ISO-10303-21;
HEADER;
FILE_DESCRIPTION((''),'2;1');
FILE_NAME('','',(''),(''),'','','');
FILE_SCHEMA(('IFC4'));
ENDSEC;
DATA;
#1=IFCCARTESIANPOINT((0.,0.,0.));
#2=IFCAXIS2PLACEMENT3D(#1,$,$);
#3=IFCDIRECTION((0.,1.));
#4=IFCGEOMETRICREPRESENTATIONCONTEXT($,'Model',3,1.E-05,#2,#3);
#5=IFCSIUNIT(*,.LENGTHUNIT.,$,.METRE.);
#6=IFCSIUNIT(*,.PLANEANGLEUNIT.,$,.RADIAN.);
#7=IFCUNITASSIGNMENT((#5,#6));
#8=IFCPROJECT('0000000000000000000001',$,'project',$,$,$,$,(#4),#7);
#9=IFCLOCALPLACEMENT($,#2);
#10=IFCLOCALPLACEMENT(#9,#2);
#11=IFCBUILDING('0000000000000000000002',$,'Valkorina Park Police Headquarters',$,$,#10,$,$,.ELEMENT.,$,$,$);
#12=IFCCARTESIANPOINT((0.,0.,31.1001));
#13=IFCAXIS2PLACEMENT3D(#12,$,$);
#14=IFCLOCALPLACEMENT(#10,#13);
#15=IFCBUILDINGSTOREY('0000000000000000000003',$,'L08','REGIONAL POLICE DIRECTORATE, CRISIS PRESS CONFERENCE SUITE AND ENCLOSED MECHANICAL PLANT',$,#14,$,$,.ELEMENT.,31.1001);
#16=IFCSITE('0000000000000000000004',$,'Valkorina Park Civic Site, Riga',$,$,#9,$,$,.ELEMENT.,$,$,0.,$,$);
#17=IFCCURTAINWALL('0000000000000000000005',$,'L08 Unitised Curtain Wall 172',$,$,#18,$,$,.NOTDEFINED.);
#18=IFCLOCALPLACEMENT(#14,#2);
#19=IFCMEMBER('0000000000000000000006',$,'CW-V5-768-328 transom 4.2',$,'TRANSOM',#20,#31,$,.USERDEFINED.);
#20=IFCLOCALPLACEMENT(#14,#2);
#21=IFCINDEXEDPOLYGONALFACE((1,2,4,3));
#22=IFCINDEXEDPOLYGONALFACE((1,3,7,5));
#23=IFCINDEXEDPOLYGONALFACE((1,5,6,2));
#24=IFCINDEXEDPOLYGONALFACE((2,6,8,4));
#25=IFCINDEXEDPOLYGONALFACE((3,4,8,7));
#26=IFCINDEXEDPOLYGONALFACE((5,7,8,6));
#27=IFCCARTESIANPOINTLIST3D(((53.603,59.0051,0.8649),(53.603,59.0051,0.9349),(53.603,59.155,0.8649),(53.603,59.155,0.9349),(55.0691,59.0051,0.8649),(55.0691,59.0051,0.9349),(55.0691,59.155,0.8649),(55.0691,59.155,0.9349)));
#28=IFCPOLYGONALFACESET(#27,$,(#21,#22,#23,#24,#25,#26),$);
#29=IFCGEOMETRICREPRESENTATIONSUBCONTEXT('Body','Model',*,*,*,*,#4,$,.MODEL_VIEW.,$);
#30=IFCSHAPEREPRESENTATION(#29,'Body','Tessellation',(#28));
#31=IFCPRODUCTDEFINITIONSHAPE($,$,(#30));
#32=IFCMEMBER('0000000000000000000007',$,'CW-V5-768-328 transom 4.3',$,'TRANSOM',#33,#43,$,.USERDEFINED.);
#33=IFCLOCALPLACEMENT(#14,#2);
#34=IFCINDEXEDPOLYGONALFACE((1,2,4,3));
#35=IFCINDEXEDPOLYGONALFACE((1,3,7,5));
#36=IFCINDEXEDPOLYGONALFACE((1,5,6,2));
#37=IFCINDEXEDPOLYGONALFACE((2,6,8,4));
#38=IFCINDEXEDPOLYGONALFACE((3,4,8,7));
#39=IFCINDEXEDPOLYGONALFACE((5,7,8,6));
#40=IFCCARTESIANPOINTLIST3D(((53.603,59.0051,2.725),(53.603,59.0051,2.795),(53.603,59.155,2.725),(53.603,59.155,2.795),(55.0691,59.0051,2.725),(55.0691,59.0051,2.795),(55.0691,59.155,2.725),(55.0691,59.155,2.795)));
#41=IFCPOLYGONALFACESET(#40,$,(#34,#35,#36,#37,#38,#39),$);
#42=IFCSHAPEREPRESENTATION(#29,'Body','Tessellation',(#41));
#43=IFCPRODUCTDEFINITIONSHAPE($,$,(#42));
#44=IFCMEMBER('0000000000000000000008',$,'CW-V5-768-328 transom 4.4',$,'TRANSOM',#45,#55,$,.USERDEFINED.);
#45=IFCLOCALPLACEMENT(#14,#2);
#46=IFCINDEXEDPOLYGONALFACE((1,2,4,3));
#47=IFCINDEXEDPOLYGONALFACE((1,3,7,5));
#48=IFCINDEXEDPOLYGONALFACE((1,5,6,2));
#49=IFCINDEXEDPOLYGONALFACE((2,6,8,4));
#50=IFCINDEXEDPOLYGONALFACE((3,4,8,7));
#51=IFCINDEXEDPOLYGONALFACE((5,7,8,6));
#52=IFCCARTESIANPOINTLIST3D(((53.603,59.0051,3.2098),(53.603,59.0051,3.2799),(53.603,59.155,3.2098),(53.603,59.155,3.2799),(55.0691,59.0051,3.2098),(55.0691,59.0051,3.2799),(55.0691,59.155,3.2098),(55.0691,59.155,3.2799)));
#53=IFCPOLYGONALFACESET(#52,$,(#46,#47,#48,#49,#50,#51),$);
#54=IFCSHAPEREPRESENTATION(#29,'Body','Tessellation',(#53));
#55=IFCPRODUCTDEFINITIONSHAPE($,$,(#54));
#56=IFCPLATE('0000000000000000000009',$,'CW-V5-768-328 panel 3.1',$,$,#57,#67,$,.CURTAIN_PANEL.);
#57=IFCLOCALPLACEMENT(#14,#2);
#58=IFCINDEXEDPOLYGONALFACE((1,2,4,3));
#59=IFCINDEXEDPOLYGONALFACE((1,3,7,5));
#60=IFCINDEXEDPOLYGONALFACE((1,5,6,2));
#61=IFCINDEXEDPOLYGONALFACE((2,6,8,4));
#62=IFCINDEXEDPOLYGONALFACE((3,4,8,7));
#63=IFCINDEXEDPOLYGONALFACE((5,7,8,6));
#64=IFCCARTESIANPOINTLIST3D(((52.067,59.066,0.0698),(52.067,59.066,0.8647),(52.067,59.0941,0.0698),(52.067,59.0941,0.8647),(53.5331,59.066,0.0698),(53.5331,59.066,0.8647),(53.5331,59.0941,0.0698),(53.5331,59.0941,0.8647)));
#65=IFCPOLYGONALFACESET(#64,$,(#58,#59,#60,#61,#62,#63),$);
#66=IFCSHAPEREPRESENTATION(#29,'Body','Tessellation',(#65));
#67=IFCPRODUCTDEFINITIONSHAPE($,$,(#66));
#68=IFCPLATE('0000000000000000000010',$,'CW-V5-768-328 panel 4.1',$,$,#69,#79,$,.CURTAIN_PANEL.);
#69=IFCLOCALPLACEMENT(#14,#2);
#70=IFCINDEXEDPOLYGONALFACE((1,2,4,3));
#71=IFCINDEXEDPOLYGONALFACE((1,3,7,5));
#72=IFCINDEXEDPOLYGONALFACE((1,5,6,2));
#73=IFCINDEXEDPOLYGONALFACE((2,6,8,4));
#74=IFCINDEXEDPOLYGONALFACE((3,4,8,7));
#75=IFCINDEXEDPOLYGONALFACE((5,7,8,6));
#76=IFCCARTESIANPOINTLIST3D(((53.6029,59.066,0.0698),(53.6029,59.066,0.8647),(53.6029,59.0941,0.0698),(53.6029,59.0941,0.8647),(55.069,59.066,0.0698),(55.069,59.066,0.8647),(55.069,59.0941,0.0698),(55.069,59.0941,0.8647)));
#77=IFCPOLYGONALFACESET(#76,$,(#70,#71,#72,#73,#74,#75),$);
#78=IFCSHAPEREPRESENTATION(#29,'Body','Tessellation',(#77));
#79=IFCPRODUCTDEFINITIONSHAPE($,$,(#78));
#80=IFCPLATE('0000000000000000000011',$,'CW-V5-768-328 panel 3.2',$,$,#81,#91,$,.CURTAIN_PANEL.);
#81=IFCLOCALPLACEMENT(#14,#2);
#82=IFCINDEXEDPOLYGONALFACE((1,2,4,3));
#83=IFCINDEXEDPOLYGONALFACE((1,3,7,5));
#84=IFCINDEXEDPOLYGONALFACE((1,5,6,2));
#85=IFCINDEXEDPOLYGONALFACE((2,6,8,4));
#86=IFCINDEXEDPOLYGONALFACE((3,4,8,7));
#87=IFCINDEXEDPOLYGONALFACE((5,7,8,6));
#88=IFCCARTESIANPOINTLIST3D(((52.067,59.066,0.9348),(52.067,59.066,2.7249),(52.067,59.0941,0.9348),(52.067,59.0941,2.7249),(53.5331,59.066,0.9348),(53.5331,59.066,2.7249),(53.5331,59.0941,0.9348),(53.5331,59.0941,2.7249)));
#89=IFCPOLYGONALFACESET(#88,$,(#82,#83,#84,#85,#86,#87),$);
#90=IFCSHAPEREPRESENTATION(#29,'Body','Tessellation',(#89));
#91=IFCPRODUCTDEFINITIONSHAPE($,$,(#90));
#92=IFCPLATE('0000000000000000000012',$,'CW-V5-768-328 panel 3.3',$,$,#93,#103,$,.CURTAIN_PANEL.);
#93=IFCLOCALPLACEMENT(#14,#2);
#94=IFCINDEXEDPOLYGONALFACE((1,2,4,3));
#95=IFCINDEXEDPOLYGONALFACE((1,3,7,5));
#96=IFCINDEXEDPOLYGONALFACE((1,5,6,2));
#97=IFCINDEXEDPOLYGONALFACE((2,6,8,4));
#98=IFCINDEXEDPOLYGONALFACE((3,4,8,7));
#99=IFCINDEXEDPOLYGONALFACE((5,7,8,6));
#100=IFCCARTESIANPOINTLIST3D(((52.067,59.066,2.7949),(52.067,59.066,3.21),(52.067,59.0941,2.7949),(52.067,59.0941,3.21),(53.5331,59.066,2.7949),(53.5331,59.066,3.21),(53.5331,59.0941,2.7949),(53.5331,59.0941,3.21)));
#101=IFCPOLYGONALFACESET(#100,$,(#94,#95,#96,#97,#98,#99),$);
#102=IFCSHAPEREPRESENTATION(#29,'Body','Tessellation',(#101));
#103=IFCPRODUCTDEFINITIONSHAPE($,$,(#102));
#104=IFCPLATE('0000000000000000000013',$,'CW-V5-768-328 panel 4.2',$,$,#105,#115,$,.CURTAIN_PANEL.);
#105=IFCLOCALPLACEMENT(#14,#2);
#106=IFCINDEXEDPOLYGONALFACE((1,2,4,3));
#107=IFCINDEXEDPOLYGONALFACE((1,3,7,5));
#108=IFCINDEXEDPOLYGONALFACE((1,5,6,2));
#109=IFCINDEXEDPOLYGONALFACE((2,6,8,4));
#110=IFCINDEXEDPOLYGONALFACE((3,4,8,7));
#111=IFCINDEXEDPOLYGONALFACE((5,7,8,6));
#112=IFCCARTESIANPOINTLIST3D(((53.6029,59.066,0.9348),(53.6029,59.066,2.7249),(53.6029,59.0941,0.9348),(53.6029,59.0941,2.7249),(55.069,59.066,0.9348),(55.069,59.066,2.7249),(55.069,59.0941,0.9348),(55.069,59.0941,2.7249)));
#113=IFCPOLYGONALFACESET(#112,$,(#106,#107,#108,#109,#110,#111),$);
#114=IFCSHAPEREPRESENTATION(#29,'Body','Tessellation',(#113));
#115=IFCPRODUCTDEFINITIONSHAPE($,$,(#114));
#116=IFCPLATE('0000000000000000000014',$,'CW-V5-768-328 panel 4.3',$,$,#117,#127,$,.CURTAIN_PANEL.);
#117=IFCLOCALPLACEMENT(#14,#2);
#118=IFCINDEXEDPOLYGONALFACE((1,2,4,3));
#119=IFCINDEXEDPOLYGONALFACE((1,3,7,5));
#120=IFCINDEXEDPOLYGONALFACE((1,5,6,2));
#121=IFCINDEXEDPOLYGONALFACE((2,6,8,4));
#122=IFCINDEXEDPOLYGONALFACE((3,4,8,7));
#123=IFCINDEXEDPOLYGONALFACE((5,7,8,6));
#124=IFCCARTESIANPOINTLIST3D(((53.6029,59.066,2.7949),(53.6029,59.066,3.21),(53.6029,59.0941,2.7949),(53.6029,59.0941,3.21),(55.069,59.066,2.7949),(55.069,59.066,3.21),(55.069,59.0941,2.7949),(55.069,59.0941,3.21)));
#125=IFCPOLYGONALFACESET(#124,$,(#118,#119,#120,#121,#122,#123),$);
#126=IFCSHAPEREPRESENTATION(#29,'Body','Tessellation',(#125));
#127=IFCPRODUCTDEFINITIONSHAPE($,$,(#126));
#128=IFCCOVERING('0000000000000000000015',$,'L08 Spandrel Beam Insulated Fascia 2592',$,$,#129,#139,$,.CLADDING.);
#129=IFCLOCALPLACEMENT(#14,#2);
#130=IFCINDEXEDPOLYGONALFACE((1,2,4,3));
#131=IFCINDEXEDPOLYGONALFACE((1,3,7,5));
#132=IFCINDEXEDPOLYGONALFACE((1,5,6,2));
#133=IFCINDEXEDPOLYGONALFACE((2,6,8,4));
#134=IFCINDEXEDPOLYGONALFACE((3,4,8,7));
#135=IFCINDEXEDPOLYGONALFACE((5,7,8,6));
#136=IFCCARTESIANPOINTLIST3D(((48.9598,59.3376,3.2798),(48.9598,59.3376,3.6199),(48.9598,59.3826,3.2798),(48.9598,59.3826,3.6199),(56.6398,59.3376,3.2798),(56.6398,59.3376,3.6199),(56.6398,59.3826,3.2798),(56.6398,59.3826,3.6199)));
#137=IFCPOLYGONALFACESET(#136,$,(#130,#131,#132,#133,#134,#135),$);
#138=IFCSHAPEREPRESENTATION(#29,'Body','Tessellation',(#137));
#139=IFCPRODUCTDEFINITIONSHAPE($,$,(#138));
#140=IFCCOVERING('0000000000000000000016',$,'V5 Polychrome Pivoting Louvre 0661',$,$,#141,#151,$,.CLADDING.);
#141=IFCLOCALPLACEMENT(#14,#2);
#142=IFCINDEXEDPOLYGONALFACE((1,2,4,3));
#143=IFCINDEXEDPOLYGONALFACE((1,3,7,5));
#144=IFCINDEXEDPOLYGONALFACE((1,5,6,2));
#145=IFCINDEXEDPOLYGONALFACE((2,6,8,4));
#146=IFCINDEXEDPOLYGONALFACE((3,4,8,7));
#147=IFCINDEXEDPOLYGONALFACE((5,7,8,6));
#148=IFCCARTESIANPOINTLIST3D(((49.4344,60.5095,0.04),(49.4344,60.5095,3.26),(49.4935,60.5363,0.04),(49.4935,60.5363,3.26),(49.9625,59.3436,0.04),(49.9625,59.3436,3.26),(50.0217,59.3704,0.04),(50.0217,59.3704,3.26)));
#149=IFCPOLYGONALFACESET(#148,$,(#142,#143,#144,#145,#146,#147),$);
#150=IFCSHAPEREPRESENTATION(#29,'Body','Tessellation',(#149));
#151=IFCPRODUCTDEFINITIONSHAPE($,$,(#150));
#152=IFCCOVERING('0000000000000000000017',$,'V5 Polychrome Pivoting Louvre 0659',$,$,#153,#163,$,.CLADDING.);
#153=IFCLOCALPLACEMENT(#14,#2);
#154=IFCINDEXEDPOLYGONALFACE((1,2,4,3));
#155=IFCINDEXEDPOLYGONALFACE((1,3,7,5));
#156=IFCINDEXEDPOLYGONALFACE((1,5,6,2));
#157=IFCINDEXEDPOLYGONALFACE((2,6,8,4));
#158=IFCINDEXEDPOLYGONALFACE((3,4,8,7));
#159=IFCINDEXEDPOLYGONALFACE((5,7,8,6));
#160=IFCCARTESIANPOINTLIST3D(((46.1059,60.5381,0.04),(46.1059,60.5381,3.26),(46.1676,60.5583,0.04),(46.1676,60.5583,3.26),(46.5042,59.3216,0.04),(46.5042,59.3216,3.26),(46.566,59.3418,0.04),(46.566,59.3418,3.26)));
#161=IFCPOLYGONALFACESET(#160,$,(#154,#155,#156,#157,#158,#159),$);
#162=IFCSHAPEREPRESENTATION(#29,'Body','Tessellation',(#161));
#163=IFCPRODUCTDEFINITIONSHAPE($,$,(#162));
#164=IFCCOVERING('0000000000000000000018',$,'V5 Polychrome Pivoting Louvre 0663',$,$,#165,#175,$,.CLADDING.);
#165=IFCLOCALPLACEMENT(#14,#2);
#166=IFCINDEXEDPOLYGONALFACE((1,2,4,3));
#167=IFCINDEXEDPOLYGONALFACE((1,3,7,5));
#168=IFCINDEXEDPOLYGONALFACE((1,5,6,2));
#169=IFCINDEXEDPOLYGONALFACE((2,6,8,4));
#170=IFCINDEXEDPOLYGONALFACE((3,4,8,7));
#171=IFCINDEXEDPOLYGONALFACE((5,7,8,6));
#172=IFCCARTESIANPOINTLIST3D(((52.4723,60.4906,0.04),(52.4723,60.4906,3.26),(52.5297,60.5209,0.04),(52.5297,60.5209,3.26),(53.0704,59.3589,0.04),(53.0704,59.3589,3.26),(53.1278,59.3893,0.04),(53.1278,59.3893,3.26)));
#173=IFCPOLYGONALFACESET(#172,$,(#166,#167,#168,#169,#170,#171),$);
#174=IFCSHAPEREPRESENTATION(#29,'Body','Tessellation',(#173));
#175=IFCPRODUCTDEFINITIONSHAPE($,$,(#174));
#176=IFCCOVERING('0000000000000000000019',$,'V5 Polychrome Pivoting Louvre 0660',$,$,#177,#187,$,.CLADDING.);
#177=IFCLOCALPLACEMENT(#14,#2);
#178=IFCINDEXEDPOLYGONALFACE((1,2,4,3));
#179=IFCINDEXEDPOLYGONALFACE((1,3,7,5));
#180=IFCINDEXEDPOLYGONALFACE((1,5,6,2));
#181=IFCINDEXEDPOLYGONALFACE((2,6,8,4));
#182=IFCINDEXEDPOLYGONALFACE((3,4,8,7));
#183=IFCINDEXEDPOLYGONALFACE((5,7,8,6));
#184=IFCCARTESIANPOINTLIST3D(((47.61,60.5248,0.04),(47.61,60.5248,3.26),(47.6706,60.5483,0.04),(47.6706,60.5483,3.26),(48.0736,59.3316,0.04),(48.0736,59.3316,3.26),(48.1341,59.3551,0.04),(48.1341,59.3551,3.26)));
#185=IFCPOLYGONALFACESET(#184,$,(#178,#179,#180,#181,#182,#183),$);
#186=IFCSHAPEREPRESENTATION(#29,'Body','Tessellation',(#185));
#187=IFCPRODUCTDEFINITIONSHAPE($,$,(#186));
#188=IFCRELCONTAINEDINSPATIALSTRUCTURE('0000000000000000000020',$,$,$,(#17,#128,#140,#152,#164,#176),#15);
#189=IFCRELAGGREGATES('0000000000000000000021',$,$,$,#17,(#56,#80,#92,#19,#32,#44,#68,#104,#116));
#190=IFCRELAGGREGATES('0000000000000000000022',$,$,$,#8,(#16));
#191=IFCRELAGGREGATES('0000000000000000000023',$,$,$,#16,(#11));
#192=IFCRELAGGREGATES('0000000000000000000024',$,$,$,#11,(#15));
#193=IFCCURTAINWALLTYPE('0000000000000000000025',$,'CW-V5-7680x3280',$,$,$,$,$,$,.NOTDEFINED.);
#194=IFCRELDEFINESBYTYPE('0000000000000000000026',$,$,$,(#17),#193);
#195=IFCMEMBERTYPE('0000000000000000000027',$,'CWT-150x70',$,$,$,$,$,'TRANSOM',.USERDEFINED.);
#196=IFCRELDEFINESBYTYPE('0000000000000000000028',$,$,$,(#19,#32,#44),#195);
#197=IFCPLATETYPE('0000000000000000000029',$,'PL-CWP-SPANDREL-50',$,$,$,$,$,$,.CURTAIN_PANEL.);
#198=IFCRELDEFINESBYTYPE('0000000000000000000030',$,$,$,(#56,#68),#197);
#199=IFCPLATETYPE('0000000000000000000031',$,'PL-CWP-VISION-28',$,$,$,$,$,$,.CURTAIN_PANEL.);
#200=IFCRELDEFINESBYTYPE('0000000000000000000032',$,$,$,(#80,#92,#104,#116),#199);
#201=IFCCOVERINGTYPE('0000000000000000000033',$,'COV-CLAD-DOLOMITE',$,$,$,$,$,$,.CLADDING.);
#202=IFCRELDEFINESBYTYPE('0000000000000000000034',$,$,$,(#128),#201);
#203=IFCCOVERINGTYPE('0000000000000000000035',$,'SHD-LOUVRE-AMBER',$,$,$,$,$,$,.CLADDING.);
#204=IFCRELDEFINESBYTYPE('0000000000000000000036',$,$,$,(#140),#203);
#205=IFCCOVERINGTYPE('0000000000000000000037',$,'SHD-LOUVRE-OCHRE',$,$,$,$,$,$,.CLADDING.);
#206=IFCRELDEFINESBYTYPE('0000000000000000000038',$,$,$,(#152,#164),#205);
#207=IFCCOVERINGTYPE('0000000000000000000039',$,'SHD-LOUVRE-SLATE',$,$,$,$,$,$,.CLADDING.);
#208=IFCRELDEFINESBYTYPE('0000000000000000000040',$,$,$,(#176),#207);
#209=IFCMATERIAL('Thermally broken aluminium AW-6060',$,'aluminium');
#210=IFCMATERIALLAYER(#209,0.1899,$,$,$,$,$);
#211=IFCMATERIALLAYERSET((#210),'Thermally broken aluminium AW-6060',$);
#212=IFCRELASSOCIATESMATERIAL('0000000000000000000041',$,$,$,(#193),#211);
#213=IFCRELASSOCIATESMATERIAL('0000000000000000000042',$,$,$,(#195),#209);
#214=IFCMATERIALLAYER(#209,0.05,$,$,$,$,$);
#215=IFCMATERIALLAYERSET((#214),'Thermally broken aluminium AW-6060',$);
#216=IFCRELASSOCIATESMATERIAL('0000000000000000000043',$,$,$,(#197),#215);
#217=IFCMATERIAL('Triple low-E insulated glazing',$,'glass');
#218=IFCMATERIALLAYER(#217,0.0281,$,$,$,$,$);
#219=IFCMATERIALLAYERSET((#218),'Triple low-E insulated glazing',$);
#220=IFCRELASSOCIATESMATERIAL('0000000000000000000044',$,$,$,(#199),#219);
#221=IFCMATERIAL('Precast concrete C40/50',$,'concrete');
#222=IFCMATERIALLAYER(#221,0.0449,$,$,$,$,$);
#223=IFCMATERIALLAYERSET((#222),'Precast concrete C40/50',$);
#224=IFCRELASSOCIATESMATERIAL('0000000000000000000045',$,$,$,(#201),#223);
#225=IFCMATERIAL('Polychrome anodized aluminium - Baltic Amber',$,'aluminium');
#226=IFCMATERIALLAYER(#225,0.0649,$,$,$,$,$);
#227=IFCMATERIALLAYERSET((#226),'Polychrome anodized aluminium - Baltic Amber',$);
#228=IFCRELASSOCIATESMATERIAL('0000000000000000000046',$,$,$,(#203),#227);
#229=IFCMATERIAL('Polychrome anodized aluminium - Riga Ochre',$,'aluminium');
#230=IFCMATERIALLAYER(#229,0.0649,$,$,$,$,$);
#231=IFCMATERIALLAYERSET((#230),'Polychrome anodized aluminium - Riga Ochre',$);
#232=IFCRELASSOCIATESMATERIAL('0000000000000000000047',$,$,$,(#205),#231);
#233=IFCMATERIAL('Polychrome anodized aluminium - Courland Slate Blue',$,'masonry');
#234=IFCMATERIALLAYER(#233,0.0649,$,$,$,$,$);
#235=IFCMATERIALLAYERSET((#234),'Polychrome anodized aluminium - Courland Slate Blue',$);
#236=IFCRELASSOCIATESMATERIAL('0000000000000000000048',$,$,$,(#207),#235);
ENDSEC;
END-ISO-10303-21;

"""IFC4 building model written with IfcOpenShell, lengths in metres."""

from ifc_helpers import new_model, si_unit, direction, frame, frame_2d, origin, origin_2d, place, context, subcontext, project, spatial, rectangle, extrude, material, layer, layer_set, material_profile, profile_set, type_object, element, aggregate, save


model = new_model("IFC4")

# Units and contexts
model_context = context("Model", 3, precision=1e-05, world=origin(), true_north=direction((0.0, 1.0)))
body_context = subcontext(model_context, "Body", "Model", "MODEL_VIEW")
ifc_project = project(units=[si_unit("LENGTHUNIT", "METRE"), si_unit("PLANEANGLEUNIT", "RADIAN")], contexts=[model_context])

# Site, building, storey
site_placement = place(None, origin())
site = spatial("IfcSite", under=ifc_project, at=site_placement, Name="Valkorina Park Civic Site, Riga", CompositionType="ELEMENT", RefElevation=0.0)
building_placement = place(site_placement, origin())
building = spatial("IfcBuilding", under=site, at=building_placement, Name="Valkorina Park Police Headquarters", CompositionType="ELEMENT")
storey_placement = place(building_placement, frame((0.0, 0.0, 31.1001)))
storey = spatial("IfcBuildingStorey", under=building, at=storey_placement, Name="L08", Description="REGIONAL POLICE DIRECTORATE, CRISIS PRESS CONFERENCE SUITE AND ENCLOSED MECHANICAL PLANT", CompositionType="ELEMENT", Elevation=31.1001)

# Curtain wall, members, plates
ifc_material_1 = material(Name="Thermally broken aluminium AW-6060", Category="aluminium")
ifc_layer_1 = layer(ifc_material_1, 0.1899)
ifc_layer_set_1 = layer_set([ifc_layer_1], Name="Thermally broken aluminium AW-6060")
curtain_wall_type = type_object("IfcCurtainWallType", Name="CW-V5-7680x3280", PredefinedType="NOTDEFINED", material=ifc_layer_set_1)
curtain_wall_placement = place(storey_placement, origin())
curtain_wall = element("IfcCurtainWall", 1, at=curtain_wall_placement, inside=storey, type_object=curtain_wall_type, Name="L08 Unitised Curtain Wall 172", PredefinedType="NOTDEFINED")
ifc_material_profile_1 = material_profile(ifc_material_1, rectangle(XDim=0.1499, YDim=0.0701, at=origin_2d()), Name="CWT-02 150x70")
ifc_profile_set_1 = profile_set([ifc_material_profile_1], Name="Thermally broken aluminium AW-6060")
member_type_1 = type_object("IfcMemberType", Name="CWT-150x70", ElementType="TRANSOM", PredefinedType="USERDEFINED", material=ifc_profile_set_1)
member_1_placement = place(storey_placement, frame((53.603, 59.0801, 0.8999), z_axis=(1.0, 0.0, 0.0), x_axis=(0.0, 1.0, 0.0)))
member_1 = element("IfcMember", 2, at=member_1_placement, type_object=member_type_1, Name="CW-V5-768-328 transom 4.2", ObjectType="TRANSOM", PredefinedType="USERDEFINED", context=body_context, shape_type="SweptSolid", body=[
    extrude(rectangle(XDim=0.1499, YDim=0.0701, at=origin_2d()), origin(), (0.0, 0.0, 1.0), 1.4661),
])
member_2_placement = place(storey_placement, frame((53.603, 59.0801, 2.76), z_axis=(1.0, 0.0, 0.0), x_axis=(0.0, 1.0, 0.0)))
member_2 = element("IfcMember", 3, at=member_2_placement, type_object=member_type_1, Name="CW-V5-768-328 transom 4.3", ObjectType="TRANSOM", PredefinedType="USERDEFINED", context=body_context, shape_type="SweptSolid", body=[
    extrude(rectangle(XDim=0.1499, YDim=0.0701, at=origin_2d()), origin(), (0.0, 0.0, 1.0), 1.4661),
])
member_3_placement = place(storey_placement, frame((53.603, 59.0801, 3.2449), z_axis=(1.0, 0.0, 0.0), x_axis=(0.0, 1.0, 0.0)))
member_3 = element("IfcMember", 4, at=member_3_placement, type_object=member_type_1, Name="CW-V5-768-328 transom 4.4", ObjectType="TRANSOM", PredefinedType="USERDEFINED", context=body_context, shape_type="SweptSolid", body=[
    extrude(rectangle(XDim=0.1499, YDim=0.0701, at=origin_2d()), origin(), (0.0, 0.0, 1.0), 1.4661),
])
ifc_layer_2 = layer(ifc_material_1, 0.05)
ifc_layer_set_2 = layer_set([ifc_layer_2], Name="Thermally broken aluminium AW-6060")
plate_type_1 = type_object("IfcPlateType", Name="PL-CWP-SPANDREL-50", PredefinedType="CURTAIN_PANEL", material=ifc_layer_set_2)
plate_1_placement = place(storey_placement, frame((52.8, 59.0801, 0.0698), z_axis=(0.0, 0.0, 1.0), x_axis=(1.0, 0.0, 0.0)))
plate_1 = element("IfcPlate", 5, at=plate_1_placement, type_object=plate_type_1, Name="CW-V5-768-328 panel 3.1", PredefinedType="CURTAIN_PANEL", context=body_context, shape_type="SweptSolid", body=[
    extrude(rectangle(XDim=1.4661, YDim=0.0281, at=origin_2d()), origin(), (0.0, 0.0, 1.0), 0.7949),
])
plate_2_placement = place(storey_placement, frame((54.3359, 59.0801, 0.0698), z_axis=(0.0, 0.0, 1.0), x_axis=(1.0, 0.0, 0.0)))
plate_2 = element("IfcPlate", 6, at=plate_2_placement, type_object=plate_type_1, Name="CW-V5-768-328 panel 4.1", PredefinedType="CURTAIN_PANEL", context=body_context, shape_type="SweptSolid", body=[
    extrude(rectangle(XDim=1.4661, YDim=0.0281, at=origin_2d()), origin(), (0.0, 0.0, 1.0), 0.7949),
])
ifc_material_2 = material(Name="Triple low-E insulated glazing", Category="glass")
ifc_layer_3 = layer(ifc_material_2, 0.0281)
ifc_layer_set_3 = layer_set([ifc_layer_3], Name="Triple low-E insulated glazing")
plate_type_2 = type_object("IfcPlateType", Name="PL-CWP-VISION-28", PredefinedType="CURTAIN_PANEL", material=ifc_layer_set_3)
plate_3_placement = place(storey_placement, frame((52.8, 59.0801, 0.9348), z_axis=(0.0, 0.0, 1.0), x_axis=(1.0, 0.0, 0.0)))
plate_3 = element("IfcPlate", 7, at=plate_3_placement, type_object=plate_type_2, Name="CW-V5-768-328 panel 3.2", PredefinedType="CURTAIN_PANEL", context=body_context, shape_type="SweptSolid", body=[
    extrude(rectangle(XDim=1.4661, YDim=0.0281, at=origin_2d()), origin(), (0.0, 0.0, 1.0), 1.79),
])
plate_4_placement = place(storey_placement, frame((52.8, 59.0801, 2.7949), z_axis=(0.0, 0.0, 1.0), x_axis=(1.0, 0.0, 0.0)))
plate_4 = element("IfcPlate", 8, at=plate_4_placement, type_object=plate_type_2, Name="CW-V5-768-328 panel 3.3", PredefinedType="CURTAIN_PANEL", context=body_context, shape_type="SweptSolid", body=[
    extrude(rectangle(XDim=1.4661, YDim=0.0281, at=origin_2d()), origin(), (0.0, 0.0, 1.0), 0.415),
])
plate_5_placement = place(storey_placement, frame((54.3359, 59.0801, 0.9348), z_axis=(0.0, 0.0, 1.0), x_axis=(1.0, 0.0, 0.0)))
plate_5 = element("IfcPlate", 9, at=plate_5_placement, type_object=plate_type_2, Name="CW-V5-768-328 panel 4.2", PredefinedType="CURTAIN_PANEL", context=body_context, shape_type="SweptSolid", body=[
    extrude(rectangle(XDim=1.4661, YDim=0.0281, at=origin_2d()), origin(), (0.0, 0.0, 1.0), 1.79),
])
plate_6_placement = place(storey_placement, frame((54.3359, 59.0801, 2.7949), z_axis=(0.0, 0.0, 1.0), x_axis=(1.0, 0.0, 0.0)))
plate_6 = element("IfcPlate", 10, at=plate_6_placement, type_object=plate_type_2, Name="CW-V5-768-328 panel 4.3", PredefinedType="CURTAIN_PANEL", context=body_context, shape_type="SweptSolid", body=[
    extrude(rectangle(XDim=1.4661, YDim=0.0281, at=origin_2d()), origin(), (0.0, 0.0, 1.0), 0.415),
])
aggregate(curtain_wall, [plate_1, plate_3, plate_4, member_1, member_2, member_3, plate_2, plate_5, plate_6])

# Coverings
ifc_material_3 = material(Name="Precast concrete C40/50", Category="concrete")
ifc_layer_4 = layer(ifc_material_3, 0.0449)
ifc_layer_set_4 = layer_set([ifc_layer_4], Name="Precast concrete C40/50")
covering_type_1 = type_object("IfcCoveringType", Name="COV-CLAD-DOLOMITE", PredefinedType="CLADDING", material=ifc_layer_set_4)
covering_1_placement = place(storey_placement, frame((48.96, 59.3601, 3.2798), z_axis=(0.0, 0.0, 1.0), x_axis=(1.0, 0.0, 0.0)))
element("IfcCovering", 11, at=covering_1_placement, inside=storey, type_object=covering_type_1, Name="L08 Spandrel Beam Insulated Fascia 2592", PredefinedType="CLADDING", context=body_context, shape_type="SweptSolid", body=[
    extrude(rectangle(XDim=7.6799, YDim=0.0449, at=frame_2d((3.8398, 0.0))), origin(), (0.0, 0.0, 1.0), 0.3401),
])
ifc_material_4 = material(Name="Polychrome anodized aluminium - Baltic Amber", Category="aluminium")
ifc_layer_5 = layer(ifc_material_4, 0.0649)
ifc_layer_set_5 = layer_set([ifc_layer_5], Name="Polychrome anodized aluminium - Baltic Amber")
covering_type_2 = type_object("IfcCoveringType", Name="SHD-LOUVRE-AMBER", PredefinedType="CLADDING", material=ifc_layer_set_5)
covering_2_placement = place(storey_placement, frame((49.728, 59.9399, 0.04), z_axis=(0.0, 0.0, 1.0), x_axis=(-0.412628, 0.9109, 0.0)))
element("IfcCovering", 12, at=covering_2_placement, inside=storey, type_object=covering_type_2, Name="V5 Polychrome Pivoting Louvre 0661", PredefinedType="CLADDING", context=body_context, shape_type="SweptSolid", body=[
    extrude(rectangle(XDim=1.28, YDim=0.0649, at=origin_2d()), origin(), (0.0, 0.0, 1.0), 3.22),
])
ifc_material_5 = material(Name="Polychrome anodized aluminium - Riga Ochre", Category="aluminium")
ifc_layer_6 = layer(ifc_material_5, 0.0649)
ifc_layer_set_6 = layer_set([ifc_layer_6], Name="Polychrome anodized aluminium - Riga Ochre")
covering_type_3 = type_object("IfcCoveringType", Name="SHD-LOUVRE-OCHRE", PredefinedType="CLADDING", material=ifc_layer_set_6)
for number, where, z_axis, x_axis, name in (
    (13, (46.3359, 59.9399, 0.04), (0.0, 0.0, 1.0), (-0.311174, 0.950353, 0.0), "V5 Polychrome Pivoting Louvre 0659"),
    (14, (52.8, 59.9399, 0.04), (0.0, 0.0, 1.0), (-0.467313, 0.884092, 0.0), "V5 Polychrome Pivoting Louvre 0663"),
):
    element("IfcCovering", number, at=place(storey_placement, frame(where, z_axis=z_axis, x_axis=x_axis)), inside=storey, type_object=covering_type_3, Name=name, PredefinedType="CLADDING", context=body_context, shape_type="SweptSolid", body=[
        extrude(rectangle(XDim=1.28, YDim=0.0649, at=origin_2d()), origin(), (0.0, 0.0, 1.0), 3.22),
    ])
ifc_material_6 = material(Name="Polychrome anodized aluminium - Courland Slate Blue", Category="masonry")
ifc_layer_7 = layer(ifc_material_6, 0.0649)
ifc_layer_set_7 = layer_set([ifc_layer_7], Name="Polychrome anodized aluminium - Courland Slate Blue")
covering_type_4 = type_object("IfcCoveringType", Name="SHD-LOUVRE-SLATE", PredefinedType="CLADDING", material=ifc_layer_set_7)
for number, where, z_axis, x_axis, name in (
    (15, (47.8721, 59.9399, 0.04), (0.0, 0.0, 1.0), (-0.362113, 0.932134, 0.0), "V5 Polychrome Pivoting Louvre 0660"),
):
    element("IfcCovering", number, at=place(storey_placement, frame(where, z_axis=z_axis, x_axis=x_axis)), inside=storey, type_object=covering_type_4, Name=name, PredefinedType="CLADDING", context=body_context, shape_type="SweptSolid", body=[
        extrude(rectangle(XDim=1.28, YDim=0.0649, at=origin_2d()), origin(), (0.0, 0.0, 1.0), 3.22),
    ])

save(model, "model.ifc")
